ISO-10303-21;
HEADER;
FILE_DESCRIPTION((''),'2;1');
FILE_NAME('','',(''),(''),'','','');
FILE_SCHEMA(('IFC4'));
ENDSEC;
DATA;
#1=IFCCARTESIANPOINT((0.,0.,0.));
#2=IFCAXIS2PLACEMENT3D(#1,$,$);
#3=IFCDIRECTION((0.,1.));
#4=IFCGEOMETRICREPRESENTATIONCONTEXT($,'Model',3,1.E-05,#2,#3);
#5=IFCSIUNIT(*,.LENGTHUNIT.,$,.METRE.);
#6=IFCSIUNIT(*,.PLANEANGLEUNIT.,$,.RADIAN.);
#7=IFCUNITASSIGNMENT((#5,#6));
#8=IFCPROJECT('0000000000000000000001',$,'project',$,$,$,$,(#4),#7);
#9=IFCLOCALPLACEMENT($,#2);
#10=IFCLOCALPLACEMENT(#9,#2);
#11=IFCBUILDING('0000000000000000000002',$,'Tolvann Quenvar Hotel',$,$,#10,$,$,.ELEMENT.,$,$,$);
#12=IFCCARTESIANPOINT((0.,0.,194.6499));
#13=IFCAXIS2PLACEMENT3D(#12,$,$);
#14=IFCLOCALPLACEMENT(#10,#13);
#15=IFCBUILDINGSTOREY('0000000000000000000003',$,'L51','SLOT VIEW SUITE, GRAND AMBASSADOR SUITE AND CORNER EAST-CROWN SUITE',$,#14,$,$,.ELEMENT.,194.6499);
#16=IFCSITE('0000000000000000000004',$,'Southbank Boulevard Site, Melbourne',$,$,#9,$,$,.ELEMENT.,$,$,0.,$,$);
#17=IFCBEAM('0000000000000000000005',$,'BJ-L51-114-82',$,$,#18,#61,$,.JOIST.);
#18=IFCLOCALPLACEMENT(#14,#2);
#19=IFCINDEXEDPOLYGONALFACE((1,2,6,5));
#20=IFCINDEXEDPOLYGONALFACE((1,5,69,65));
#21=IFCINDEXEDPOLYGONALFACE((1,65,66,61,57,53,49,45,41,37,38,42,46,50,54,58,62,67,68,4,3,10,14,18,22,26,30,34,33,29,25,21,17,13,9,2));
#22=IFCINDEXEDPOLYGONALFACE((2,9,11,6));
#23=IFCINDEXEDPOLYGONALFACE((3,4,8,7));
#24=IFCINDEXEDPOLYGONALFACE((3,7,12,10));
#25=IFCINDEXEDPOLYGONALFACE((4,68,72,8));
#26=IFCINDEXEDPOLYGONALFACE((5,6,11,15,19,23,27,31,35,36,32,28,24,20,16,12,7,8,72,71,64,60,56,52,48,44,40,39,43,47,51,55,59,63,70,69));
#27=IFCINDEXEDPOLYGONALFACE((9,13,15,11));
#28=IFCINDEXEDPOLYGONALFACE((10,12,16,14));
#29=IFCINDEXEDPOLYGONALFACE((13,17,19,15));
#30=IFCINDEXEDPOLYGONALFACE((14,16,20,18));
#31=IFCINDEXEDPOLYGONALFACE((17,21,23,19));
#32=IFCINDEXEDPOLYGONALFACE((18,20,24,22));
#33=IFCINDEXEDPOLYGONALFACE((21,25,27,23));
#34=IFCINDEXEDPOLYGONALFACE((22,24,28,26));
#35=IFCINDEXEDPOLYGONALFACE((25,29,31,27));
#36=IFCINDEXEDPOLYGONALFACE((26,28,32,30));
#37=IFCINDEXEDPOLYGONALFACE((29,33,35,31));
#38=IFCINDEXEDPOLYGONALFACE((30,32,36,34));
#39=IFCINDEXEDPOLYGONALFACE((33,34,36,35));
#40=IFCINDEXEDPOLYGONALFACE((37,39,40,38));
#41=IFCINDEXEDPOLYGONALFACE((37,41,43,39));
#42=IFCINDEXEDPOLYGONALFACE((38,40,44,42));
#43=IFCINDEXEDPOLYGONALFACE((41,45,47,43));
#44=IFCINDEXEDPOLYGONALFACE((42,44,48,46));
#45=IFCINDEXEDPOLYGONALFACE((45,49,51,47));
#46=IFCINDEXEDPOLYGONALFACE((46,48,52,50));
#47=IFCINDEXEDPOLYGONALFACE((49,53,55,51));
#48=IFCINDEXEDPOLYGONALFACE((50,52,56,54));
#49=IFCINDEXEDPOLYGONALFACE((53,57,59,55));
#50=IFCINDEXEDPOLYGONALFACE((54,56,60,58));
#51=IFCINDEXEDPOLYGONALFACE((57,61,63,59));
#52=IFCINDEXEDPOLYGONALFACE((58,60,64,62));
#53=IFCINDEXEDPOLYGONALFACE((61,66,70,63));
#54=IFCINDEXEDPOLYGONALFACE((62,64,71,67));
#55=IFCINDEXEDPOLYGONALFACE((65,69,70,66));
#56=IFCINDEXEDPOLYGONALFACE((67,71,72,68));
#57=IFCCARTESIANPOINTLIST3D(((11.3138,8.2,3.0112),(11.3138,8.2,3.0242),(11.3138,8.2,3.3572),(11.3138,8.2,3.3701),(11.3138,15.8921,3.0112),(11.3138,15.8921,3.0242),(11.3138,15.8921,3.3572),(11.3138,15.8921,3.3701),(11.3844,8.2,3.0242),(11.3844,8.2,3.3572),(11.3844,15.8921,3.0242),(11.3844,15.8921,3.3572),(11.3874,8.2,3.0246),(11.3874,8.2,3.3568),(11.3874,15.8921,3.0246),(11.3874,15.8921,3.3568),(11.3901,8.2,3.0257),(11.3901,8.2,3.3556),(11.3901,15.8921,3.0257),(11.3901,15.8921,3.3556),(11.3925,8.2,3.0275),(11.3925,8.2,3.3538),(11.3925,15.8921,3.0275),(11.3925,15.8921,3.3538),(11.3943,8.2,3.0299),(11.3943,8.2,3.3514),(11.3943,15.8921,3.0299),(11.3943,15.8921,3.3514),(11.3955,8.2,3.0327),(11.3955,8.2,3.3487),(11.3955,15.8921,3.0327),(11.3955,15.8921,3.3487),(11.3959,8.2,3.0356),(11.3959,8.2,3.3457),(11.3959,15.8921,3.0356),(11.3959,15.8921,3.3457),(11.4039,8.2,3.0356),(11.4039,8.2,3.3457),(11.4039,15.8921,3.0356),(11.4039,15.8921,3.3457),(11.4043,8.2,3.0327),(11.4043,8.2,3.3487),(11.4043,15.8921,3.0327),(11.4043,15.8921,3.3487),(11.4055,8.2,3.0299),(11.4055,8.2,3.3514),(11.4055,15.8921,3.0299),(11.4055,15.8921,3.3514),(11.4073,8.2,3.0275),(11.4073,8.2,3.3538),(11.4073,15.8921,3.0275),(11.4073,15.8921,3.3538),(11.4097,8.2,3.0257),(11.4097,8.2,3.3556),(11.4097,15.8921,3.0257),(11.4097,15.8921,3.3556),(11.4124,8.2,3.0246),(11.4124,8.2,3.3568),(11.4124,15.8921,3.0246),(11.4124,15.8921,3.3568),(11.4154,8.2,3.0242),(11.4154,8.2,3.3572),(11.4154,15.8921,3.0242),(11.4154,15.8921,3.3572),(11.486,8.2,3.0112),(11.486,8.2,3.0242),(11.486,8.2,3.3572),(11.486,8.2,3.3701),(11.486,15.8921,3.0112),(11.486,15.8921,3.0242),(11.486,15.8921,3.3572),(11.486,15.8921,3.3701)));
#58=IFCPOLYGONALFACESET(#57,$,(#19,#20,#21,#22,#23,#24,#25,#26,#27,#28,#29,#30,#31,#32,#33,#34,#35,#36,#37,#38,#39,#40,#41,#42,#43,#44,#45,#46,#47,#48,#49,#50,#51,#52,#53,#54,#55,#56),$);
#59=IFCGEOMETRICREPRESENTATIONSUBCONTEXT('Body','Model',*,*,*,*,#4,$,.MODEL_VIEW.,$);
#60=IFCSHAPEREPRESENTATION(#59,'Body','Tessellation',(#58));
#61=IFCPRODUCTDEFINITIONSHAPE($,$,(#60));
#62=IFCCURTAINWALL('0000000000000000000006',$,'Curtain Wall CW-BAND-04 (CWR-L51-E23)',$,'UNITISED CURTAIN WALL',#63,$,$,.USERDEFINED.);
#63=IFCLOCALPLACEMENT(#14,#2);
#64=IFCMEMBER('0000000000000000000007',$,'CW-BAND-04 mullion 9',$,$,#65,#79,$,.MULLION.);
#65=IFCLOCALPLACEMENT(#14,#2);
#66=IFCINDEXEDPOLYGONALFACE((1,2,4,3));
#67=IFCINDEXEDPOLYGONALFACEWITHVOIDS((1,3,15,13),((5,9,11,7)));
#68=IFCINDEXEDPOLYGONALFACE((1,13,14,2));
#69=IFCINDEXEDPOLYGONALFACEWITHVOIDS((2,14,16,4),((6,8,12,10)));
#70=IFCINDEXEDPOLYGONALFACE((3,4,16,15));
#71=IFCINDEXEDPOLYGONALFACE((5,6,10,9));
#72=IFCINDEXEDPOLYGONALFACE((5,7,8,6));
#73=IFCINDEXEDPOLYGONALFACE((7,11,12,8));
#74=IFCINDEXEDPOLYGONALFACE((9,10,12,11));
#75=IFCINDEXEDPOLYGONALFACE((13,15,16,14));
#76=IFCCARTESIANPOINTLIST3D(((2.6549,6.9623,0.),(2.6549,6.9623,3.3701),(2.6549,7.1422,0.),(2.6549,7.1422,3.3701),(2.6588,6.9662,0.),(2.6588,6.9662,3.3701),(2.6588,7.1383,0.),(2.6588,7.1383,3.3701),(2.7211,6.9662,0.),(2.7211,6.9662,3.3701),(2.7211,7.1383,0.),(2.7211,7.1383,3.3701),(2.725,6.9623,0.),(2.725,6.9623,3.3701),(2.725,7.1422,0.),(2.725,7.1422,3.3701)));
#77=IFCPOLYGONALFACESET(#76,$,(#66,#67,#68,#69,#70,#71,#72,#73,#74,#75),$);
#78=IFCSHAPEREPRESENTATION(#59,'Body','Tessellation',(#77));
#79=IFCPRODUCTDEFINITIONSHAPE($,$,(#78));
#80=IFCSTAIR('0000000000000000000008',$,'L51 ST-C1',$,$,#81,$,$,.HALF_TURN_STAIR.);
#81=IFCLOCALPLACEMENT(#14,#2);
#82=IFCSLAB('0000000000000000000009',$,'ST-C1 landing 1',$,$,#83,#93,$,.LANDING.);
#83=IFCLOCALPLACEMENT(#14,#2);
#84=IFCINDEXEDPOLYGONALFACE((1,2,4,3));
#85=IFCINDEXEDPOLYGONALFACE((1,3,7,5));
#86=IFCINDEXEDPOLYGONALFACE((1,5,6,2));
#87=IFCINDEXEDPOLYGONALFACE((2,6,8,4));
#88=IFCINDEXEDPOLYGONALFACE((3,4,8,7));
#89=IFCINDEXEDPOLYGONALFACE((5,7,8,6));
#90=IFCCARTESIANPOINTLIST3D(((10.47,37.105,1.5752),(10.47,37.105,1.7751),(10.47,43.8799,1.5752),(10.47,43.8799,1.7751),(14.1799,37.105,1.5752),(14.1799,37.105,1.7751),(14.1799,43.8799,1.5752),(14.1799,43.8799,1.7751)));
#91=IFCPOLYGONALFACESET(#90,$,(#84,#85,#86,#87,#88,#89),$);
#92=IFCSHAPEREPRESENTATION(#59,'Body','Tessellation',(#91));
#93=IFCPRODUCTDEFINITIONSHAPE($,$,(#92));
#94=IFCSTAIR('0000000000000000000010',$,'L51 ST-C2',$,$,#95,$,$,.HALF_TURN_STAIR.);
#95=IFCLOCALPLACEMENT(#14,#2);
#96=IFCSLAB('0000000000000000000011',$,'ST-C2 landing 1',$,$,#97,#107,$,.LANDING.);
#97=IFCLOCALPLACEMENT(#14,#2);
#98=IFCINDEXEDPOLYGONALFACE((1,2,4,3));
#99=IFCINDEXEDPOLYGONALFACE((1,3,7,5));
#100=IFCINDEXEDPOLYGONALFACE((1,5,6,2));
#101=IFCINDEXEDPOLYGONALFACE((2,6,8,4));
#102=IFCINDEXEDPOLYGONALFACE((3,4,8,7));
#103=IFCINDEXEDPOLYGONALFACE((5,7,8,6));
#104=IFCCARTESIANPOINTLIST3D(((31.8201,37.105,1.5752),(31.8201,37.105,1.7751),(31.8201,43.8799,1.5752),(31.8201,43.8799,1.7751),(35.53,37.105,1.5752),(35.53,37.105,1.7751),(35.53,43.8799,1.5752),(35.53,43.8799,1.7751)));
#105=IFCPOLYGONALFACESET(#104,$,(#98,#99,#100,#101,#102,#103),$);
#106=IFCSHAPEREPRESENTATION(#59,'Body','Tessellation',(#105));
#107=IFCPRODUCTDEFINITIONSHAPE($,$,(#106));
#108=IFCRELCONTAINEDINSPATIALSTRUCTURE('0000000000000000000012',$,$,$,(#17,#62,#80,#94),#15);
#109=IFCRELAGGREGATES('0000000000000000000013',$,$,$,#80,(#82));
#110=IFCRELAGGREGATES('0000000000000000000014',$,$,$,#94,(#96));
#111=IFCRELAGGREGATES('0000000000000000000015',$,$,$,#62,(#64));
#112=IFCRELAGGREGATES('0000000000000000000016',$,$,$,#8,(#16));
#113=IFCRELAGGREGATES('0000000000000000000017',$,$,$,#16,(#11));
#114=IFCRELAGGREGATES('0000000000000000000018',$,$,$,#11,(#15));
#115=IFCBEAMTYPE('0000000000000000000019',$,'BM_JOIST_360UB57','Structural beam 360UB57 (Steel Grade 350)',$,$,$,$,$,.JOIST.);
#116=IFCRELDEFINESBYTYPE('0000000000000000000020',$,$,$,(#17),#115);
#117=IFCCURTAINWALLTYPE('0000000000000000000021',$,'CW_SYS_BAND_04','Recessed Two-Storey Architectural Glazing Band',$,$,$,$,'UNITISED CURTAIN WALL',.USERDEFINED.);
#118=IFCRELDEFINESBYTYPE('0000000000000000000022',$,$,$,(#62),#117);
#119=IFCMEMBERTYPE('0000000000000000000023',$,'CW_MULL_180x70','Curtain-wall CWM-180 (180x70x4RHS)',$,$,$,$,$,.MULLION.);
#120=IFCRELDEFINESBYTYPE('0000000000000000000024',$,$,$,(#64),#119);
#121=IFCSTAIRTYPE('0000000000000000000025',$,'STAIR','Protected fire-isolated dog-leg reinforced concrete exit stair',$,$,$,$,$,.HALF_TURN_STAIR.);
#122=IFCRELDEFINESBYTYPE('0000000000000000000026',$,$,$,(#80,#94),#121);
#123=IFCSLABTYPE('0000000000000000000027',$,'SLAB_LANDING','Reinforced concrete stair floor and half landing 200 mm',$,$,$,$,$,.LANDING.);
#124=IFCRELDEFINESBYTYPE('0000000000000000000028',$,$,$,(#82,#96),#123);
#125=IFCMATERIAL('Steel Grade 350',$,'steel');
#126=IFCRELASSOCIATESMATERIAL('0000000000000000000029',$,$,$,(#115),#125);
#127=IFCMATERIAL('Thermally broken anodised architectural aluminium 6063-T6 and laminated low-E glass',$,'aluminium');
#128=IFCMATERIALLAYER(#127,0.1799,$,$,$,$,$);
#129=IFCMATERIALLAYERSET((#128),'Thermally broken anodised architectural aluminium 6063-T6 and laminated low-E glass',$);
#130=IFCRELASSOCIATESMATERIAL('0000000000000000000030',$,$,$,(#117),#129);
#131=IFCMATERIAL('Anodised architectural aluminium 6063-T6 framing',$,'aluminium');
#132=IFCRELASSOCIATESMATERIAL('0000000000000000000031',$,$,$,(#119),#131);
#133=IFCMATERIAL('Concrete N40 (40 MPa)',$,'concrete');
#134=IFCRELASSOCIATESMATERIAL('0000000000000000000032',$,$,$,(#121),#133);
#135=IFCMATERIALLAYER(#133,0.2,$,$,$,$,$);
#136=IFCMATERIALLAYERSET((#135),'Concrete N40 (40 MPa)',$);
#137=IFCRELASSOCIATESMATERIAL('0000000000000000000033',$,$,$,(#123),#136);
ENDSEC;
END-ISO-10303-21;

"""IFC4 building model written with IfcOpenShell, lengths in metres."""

from ifc_helpers import new_model, si_unit, direction, frame, origin, origin_2d, place, context, subcontext, project, spatial, polyline, hollow_rectangle, i_section, outline, extrude, source, transform, mapped, material, layer, layer_set, material_profile, profile_set, type_object, type_shapes, element, aggregate, save


model = new_model("IFC4")

# Units and contexts
model_context = context("Model", 3, precision=1e-05, world=origin(), true_north=direction((0.0, 1.0)))
body_context = subcontext(model_context, "Body", "Model", "MODEL_VIEW")
ifc_project = project(units=[si_unit("LENGTHUNIT", "METRE"), si_unit("PLANEANGLEUNIT", "RADIAN")], contexts=[model_context])

# Site, building, storey
site_placement = place(None, origin())
site = spatial("IfcSite", under=ifc_project, at=site_placement, Name="Southbank Boulevard Site, Melbourne", CompositionType="ELEMENT", RefElevation=0.0)
building_placement = place(site_placement, origin())
building = spatial("IfcBuilding", under=site, at=building_placement, Name="Tolvann Quenvar Hotel", CompositionType="ELEMENT")
storey_placement = place(building_placement, frame((0.0, 0.0, 194.6499)))
storey = spatial("IfcBuildingStorey", under=building, at=storey_placement, Name="L51", Description="SLOT VIEW SUITE, GRAND AMBASSADOR SUITE AND CORNER EAST-CROWN SUITE", CompositionType="ELEMENT", Elevation=194.6499)

# Shared definitions
ifc_material_1 = material(Name="Steel Grade 350", Category="steel")

# Beam
ifc_material_profile_1 = material_profile(ifc_material_1, i_section(OverallWidth=0.1721, OverallDepth=0.3589, WebThickness=0.0081, FlangeThickness=0.0129, FilletRadius=0.0115, at=origin_2d()), Name="360UB57")
ifc_profile_set_1 = profile_set([ifc_material_profile_1], Name="Steel Grade 350")
beam_type_1 = type_object("IfcBeamType", Name="BM_JOIST_360UB57", Description="Structural beam 360UB57 (Steel Grade 350)", PredefinedType="JOIST", material=ifc_profile_set_1)
shared_shape_1 = source(origin(), body_context, "Body", "SweptSolid", [
    extrude(i_section(OverallWidth=0.1721, OverallDepth=0.3589, WebThickness=0.0081, FlangeThickness=0.0129, FilletRadius=0.0115, at=origin_2d()), origin(), (0.0, 0.0, 1.0), 7.6921),
])
type_shapes(beam_type_1, [shared_shape_1])
beam_1_placement = place(storey_placement, frame((11.3999, 8.2, 3.1907), z_axis=(0.0, 1.0, 0.0), x_axis=(-1.0, 0.0, 0.0)))
element("IfcBeam", 1, at=beam_1_placement, inside=storey, type_object=beam_type_1, Name="BJ-L51-114-82", PredefinedType="JOIST", context=body_context, shape_type="MappedRepresentation", body=[
    mapped(shared_shape_1, transform((0.0, 0.0, 0.0), x_axis=(1.0, 0.0, 0.0), y_axis=(0.0, 1.0, 0.0), z_axis=(0.0, 0.0, 1.0), scale=1.0)),
])

# Curtain wall, member
ifc_material_2 = material(Name="Thermally broken anodised architectural aluminium 6063-T6 and laminated low-E glass", Category="aluminium")
ifc_layer_1 = layer(ifc_material_2, 0.1799)
ifc_layer_set_1 = layer_set([ifc_layer_1], Name="Thermally broken anodised architectural aluminium 6063-T6 and laminated low-E glass")
curtain_wall_type = type_object("IfcCurtainWallType", Name="CW_SYS_BAND_04", Description="Recessed Two-Storey Architectural Glazing Band", ElementType="UNITISED CURTAIN WALL", PredefinedType="USERDEFINED", material=ifc_layer_set_1)
curtain_wall_placement = place(storey_placement, origin())
curtain_wall = element("IfcCurtainWall", 2, at=curtain_wall_placement, inside=storey, type_object=curtain_wall_type, Name="Curtain Wall CW-BAND-04 (CWR-L51-E23)", ObjectType="UNITISED CURTAIN WALL", PredefinedType="USERDEFINED")
ifc_material_3 = material(Name="Anodised architectural aluminium 6063-T6 framing", Category="aluminium")
ifc_material_profile_2 = material_profile(ifc_material_3, hollow_rectangle(XDim=0.0701, YDim=0.1799, WallThickness=0.0039, at=origin_2d()), Name="180x70x4RHS")
ifc_profile_set_2 = profile_set([ifc_material_profile_2], Name="Anodised architectural aluminium 6063-T6 framing")
member_type = type_object("IfcMemberType", Name="CW_MULL_180x70", Description="Curtain-wall CWM-180 (180x70x4RHS)", PredefinedType="MULLION", material=ifc_profile_set_2)
shared_shape_2 = source(origin(), body_context, "Body", "SweptSolid", [
    extrude(hollow_rectangle(XDim=0.0701, YDim=0.1799, WallThickness=0.0039, at=origin_2d()), origin(), (0.0, 0.0, 1.0), 3.3701),
])
type_shapes(member_type, [shared_shape_2])
member_placement = place(storey_placement, frame((2.6899, 7.0522, 0.0), z_axis=(0.0, 0.0, 1.0), x_axis=(1.0, 0.0, 0.0)))
member = element("IfcMember", 3, at=member_placement, type_object=member_type, Name="CW-BAND-04 mullion 9", PredefinedType="MULLION", context=body_context, shape_type="MappedRepresentation", body=[
    mapped(shared_shape_2, transform((0.0, 0.0, 0.0), x_axis=(1.0, 0.0, 0.0), y_axis=(0.0, 1.0, 0.0), z_axis=(0.0, 0.0, 1.0), scale=1.0)),
])

# Stairs, slabs
ifc_material_4 = material(Name="Concrete N40 (40 MPa)", Category="concrete")
stair_type = type_object("IfcStairType", Name="STAIR", Description="Protected fire-isolated dog-leg reinforced concrete exit stair", PredefinedType="HALF_TURN_STAIR", material=ifc_material_4)
stair_1_placement = place(storey_placement, origin())
stair_1 = element("IfcStair", 4, at=stair_1_placement, inside=storey, type_object=stair_type, Name="L51 ST-C1", PredefinedType="HALF_TURN_STAIR")
ifc_layer_2 = layer(ifc_material_4, 0.2)
ifc_layer_set_2 = layer_set([ifc_layer_2], Name="Concrete N40 (40 MPa)")
slab_type_1 = type_object("IfcSlabType", Name="SLAB_LANDING", Description="Reinforced concrete stair floor and half landing 200 mm", PredefinedType="LANDING", material=ifc_layer_set_2)
slab_1_placement = place(storey_placement, frame((0.0, 0.0, 1.5752)))
slab_1 = element("IfcSlab", 5, at=slab_1_placement, type_object=slab_type_1, Name="ST-C1 landing 1", PredefinedType="LANDING", context=body_context, shape_type="SweptSolid", body=[
    extrude(outline(polyline([(14.1799, 37.105), (14.1799, 43.8799), (10.47, 43.8799), (10.47, 37.105), (14.1799, 37.105)])), origin(), (0.0, 0.0, 1.0), 0.2),
])
aggregate(stair_1, [slab_1])
stair_2_placement = place(storey_placement, origin())
stair_2 = element("IfcStair", 6, at=stair_2_placement, inside=storey, type_object=stair_type, Name="L51 ST-C2", PredefinedType="HALF_TURN_STAIR")
slab_2_placement = place(storey_placement, frame((0.0, 0.0, 1.5752)))
slab_2 = element("IfcSlab", 7, at=slab_2_placement, type_object=slab_type_1, Name="ST-C2 landing 1", PredefinedType="LANDING", context=body_context, shape_type="SweptSolid", body=[
    extrude(outline(polyline([(35.53, 37.105), (35.53, 43.8799), (31.8201, 43.8799), (31.8201, 37.105), (35.53, 37.105)])), origin(), (0.0, 0.0, 1.0), 0.2),
])
aggregate(stair_2, [slab_2])

aggregate(curtain_wall, [member])

save(model, "model.ifc")
